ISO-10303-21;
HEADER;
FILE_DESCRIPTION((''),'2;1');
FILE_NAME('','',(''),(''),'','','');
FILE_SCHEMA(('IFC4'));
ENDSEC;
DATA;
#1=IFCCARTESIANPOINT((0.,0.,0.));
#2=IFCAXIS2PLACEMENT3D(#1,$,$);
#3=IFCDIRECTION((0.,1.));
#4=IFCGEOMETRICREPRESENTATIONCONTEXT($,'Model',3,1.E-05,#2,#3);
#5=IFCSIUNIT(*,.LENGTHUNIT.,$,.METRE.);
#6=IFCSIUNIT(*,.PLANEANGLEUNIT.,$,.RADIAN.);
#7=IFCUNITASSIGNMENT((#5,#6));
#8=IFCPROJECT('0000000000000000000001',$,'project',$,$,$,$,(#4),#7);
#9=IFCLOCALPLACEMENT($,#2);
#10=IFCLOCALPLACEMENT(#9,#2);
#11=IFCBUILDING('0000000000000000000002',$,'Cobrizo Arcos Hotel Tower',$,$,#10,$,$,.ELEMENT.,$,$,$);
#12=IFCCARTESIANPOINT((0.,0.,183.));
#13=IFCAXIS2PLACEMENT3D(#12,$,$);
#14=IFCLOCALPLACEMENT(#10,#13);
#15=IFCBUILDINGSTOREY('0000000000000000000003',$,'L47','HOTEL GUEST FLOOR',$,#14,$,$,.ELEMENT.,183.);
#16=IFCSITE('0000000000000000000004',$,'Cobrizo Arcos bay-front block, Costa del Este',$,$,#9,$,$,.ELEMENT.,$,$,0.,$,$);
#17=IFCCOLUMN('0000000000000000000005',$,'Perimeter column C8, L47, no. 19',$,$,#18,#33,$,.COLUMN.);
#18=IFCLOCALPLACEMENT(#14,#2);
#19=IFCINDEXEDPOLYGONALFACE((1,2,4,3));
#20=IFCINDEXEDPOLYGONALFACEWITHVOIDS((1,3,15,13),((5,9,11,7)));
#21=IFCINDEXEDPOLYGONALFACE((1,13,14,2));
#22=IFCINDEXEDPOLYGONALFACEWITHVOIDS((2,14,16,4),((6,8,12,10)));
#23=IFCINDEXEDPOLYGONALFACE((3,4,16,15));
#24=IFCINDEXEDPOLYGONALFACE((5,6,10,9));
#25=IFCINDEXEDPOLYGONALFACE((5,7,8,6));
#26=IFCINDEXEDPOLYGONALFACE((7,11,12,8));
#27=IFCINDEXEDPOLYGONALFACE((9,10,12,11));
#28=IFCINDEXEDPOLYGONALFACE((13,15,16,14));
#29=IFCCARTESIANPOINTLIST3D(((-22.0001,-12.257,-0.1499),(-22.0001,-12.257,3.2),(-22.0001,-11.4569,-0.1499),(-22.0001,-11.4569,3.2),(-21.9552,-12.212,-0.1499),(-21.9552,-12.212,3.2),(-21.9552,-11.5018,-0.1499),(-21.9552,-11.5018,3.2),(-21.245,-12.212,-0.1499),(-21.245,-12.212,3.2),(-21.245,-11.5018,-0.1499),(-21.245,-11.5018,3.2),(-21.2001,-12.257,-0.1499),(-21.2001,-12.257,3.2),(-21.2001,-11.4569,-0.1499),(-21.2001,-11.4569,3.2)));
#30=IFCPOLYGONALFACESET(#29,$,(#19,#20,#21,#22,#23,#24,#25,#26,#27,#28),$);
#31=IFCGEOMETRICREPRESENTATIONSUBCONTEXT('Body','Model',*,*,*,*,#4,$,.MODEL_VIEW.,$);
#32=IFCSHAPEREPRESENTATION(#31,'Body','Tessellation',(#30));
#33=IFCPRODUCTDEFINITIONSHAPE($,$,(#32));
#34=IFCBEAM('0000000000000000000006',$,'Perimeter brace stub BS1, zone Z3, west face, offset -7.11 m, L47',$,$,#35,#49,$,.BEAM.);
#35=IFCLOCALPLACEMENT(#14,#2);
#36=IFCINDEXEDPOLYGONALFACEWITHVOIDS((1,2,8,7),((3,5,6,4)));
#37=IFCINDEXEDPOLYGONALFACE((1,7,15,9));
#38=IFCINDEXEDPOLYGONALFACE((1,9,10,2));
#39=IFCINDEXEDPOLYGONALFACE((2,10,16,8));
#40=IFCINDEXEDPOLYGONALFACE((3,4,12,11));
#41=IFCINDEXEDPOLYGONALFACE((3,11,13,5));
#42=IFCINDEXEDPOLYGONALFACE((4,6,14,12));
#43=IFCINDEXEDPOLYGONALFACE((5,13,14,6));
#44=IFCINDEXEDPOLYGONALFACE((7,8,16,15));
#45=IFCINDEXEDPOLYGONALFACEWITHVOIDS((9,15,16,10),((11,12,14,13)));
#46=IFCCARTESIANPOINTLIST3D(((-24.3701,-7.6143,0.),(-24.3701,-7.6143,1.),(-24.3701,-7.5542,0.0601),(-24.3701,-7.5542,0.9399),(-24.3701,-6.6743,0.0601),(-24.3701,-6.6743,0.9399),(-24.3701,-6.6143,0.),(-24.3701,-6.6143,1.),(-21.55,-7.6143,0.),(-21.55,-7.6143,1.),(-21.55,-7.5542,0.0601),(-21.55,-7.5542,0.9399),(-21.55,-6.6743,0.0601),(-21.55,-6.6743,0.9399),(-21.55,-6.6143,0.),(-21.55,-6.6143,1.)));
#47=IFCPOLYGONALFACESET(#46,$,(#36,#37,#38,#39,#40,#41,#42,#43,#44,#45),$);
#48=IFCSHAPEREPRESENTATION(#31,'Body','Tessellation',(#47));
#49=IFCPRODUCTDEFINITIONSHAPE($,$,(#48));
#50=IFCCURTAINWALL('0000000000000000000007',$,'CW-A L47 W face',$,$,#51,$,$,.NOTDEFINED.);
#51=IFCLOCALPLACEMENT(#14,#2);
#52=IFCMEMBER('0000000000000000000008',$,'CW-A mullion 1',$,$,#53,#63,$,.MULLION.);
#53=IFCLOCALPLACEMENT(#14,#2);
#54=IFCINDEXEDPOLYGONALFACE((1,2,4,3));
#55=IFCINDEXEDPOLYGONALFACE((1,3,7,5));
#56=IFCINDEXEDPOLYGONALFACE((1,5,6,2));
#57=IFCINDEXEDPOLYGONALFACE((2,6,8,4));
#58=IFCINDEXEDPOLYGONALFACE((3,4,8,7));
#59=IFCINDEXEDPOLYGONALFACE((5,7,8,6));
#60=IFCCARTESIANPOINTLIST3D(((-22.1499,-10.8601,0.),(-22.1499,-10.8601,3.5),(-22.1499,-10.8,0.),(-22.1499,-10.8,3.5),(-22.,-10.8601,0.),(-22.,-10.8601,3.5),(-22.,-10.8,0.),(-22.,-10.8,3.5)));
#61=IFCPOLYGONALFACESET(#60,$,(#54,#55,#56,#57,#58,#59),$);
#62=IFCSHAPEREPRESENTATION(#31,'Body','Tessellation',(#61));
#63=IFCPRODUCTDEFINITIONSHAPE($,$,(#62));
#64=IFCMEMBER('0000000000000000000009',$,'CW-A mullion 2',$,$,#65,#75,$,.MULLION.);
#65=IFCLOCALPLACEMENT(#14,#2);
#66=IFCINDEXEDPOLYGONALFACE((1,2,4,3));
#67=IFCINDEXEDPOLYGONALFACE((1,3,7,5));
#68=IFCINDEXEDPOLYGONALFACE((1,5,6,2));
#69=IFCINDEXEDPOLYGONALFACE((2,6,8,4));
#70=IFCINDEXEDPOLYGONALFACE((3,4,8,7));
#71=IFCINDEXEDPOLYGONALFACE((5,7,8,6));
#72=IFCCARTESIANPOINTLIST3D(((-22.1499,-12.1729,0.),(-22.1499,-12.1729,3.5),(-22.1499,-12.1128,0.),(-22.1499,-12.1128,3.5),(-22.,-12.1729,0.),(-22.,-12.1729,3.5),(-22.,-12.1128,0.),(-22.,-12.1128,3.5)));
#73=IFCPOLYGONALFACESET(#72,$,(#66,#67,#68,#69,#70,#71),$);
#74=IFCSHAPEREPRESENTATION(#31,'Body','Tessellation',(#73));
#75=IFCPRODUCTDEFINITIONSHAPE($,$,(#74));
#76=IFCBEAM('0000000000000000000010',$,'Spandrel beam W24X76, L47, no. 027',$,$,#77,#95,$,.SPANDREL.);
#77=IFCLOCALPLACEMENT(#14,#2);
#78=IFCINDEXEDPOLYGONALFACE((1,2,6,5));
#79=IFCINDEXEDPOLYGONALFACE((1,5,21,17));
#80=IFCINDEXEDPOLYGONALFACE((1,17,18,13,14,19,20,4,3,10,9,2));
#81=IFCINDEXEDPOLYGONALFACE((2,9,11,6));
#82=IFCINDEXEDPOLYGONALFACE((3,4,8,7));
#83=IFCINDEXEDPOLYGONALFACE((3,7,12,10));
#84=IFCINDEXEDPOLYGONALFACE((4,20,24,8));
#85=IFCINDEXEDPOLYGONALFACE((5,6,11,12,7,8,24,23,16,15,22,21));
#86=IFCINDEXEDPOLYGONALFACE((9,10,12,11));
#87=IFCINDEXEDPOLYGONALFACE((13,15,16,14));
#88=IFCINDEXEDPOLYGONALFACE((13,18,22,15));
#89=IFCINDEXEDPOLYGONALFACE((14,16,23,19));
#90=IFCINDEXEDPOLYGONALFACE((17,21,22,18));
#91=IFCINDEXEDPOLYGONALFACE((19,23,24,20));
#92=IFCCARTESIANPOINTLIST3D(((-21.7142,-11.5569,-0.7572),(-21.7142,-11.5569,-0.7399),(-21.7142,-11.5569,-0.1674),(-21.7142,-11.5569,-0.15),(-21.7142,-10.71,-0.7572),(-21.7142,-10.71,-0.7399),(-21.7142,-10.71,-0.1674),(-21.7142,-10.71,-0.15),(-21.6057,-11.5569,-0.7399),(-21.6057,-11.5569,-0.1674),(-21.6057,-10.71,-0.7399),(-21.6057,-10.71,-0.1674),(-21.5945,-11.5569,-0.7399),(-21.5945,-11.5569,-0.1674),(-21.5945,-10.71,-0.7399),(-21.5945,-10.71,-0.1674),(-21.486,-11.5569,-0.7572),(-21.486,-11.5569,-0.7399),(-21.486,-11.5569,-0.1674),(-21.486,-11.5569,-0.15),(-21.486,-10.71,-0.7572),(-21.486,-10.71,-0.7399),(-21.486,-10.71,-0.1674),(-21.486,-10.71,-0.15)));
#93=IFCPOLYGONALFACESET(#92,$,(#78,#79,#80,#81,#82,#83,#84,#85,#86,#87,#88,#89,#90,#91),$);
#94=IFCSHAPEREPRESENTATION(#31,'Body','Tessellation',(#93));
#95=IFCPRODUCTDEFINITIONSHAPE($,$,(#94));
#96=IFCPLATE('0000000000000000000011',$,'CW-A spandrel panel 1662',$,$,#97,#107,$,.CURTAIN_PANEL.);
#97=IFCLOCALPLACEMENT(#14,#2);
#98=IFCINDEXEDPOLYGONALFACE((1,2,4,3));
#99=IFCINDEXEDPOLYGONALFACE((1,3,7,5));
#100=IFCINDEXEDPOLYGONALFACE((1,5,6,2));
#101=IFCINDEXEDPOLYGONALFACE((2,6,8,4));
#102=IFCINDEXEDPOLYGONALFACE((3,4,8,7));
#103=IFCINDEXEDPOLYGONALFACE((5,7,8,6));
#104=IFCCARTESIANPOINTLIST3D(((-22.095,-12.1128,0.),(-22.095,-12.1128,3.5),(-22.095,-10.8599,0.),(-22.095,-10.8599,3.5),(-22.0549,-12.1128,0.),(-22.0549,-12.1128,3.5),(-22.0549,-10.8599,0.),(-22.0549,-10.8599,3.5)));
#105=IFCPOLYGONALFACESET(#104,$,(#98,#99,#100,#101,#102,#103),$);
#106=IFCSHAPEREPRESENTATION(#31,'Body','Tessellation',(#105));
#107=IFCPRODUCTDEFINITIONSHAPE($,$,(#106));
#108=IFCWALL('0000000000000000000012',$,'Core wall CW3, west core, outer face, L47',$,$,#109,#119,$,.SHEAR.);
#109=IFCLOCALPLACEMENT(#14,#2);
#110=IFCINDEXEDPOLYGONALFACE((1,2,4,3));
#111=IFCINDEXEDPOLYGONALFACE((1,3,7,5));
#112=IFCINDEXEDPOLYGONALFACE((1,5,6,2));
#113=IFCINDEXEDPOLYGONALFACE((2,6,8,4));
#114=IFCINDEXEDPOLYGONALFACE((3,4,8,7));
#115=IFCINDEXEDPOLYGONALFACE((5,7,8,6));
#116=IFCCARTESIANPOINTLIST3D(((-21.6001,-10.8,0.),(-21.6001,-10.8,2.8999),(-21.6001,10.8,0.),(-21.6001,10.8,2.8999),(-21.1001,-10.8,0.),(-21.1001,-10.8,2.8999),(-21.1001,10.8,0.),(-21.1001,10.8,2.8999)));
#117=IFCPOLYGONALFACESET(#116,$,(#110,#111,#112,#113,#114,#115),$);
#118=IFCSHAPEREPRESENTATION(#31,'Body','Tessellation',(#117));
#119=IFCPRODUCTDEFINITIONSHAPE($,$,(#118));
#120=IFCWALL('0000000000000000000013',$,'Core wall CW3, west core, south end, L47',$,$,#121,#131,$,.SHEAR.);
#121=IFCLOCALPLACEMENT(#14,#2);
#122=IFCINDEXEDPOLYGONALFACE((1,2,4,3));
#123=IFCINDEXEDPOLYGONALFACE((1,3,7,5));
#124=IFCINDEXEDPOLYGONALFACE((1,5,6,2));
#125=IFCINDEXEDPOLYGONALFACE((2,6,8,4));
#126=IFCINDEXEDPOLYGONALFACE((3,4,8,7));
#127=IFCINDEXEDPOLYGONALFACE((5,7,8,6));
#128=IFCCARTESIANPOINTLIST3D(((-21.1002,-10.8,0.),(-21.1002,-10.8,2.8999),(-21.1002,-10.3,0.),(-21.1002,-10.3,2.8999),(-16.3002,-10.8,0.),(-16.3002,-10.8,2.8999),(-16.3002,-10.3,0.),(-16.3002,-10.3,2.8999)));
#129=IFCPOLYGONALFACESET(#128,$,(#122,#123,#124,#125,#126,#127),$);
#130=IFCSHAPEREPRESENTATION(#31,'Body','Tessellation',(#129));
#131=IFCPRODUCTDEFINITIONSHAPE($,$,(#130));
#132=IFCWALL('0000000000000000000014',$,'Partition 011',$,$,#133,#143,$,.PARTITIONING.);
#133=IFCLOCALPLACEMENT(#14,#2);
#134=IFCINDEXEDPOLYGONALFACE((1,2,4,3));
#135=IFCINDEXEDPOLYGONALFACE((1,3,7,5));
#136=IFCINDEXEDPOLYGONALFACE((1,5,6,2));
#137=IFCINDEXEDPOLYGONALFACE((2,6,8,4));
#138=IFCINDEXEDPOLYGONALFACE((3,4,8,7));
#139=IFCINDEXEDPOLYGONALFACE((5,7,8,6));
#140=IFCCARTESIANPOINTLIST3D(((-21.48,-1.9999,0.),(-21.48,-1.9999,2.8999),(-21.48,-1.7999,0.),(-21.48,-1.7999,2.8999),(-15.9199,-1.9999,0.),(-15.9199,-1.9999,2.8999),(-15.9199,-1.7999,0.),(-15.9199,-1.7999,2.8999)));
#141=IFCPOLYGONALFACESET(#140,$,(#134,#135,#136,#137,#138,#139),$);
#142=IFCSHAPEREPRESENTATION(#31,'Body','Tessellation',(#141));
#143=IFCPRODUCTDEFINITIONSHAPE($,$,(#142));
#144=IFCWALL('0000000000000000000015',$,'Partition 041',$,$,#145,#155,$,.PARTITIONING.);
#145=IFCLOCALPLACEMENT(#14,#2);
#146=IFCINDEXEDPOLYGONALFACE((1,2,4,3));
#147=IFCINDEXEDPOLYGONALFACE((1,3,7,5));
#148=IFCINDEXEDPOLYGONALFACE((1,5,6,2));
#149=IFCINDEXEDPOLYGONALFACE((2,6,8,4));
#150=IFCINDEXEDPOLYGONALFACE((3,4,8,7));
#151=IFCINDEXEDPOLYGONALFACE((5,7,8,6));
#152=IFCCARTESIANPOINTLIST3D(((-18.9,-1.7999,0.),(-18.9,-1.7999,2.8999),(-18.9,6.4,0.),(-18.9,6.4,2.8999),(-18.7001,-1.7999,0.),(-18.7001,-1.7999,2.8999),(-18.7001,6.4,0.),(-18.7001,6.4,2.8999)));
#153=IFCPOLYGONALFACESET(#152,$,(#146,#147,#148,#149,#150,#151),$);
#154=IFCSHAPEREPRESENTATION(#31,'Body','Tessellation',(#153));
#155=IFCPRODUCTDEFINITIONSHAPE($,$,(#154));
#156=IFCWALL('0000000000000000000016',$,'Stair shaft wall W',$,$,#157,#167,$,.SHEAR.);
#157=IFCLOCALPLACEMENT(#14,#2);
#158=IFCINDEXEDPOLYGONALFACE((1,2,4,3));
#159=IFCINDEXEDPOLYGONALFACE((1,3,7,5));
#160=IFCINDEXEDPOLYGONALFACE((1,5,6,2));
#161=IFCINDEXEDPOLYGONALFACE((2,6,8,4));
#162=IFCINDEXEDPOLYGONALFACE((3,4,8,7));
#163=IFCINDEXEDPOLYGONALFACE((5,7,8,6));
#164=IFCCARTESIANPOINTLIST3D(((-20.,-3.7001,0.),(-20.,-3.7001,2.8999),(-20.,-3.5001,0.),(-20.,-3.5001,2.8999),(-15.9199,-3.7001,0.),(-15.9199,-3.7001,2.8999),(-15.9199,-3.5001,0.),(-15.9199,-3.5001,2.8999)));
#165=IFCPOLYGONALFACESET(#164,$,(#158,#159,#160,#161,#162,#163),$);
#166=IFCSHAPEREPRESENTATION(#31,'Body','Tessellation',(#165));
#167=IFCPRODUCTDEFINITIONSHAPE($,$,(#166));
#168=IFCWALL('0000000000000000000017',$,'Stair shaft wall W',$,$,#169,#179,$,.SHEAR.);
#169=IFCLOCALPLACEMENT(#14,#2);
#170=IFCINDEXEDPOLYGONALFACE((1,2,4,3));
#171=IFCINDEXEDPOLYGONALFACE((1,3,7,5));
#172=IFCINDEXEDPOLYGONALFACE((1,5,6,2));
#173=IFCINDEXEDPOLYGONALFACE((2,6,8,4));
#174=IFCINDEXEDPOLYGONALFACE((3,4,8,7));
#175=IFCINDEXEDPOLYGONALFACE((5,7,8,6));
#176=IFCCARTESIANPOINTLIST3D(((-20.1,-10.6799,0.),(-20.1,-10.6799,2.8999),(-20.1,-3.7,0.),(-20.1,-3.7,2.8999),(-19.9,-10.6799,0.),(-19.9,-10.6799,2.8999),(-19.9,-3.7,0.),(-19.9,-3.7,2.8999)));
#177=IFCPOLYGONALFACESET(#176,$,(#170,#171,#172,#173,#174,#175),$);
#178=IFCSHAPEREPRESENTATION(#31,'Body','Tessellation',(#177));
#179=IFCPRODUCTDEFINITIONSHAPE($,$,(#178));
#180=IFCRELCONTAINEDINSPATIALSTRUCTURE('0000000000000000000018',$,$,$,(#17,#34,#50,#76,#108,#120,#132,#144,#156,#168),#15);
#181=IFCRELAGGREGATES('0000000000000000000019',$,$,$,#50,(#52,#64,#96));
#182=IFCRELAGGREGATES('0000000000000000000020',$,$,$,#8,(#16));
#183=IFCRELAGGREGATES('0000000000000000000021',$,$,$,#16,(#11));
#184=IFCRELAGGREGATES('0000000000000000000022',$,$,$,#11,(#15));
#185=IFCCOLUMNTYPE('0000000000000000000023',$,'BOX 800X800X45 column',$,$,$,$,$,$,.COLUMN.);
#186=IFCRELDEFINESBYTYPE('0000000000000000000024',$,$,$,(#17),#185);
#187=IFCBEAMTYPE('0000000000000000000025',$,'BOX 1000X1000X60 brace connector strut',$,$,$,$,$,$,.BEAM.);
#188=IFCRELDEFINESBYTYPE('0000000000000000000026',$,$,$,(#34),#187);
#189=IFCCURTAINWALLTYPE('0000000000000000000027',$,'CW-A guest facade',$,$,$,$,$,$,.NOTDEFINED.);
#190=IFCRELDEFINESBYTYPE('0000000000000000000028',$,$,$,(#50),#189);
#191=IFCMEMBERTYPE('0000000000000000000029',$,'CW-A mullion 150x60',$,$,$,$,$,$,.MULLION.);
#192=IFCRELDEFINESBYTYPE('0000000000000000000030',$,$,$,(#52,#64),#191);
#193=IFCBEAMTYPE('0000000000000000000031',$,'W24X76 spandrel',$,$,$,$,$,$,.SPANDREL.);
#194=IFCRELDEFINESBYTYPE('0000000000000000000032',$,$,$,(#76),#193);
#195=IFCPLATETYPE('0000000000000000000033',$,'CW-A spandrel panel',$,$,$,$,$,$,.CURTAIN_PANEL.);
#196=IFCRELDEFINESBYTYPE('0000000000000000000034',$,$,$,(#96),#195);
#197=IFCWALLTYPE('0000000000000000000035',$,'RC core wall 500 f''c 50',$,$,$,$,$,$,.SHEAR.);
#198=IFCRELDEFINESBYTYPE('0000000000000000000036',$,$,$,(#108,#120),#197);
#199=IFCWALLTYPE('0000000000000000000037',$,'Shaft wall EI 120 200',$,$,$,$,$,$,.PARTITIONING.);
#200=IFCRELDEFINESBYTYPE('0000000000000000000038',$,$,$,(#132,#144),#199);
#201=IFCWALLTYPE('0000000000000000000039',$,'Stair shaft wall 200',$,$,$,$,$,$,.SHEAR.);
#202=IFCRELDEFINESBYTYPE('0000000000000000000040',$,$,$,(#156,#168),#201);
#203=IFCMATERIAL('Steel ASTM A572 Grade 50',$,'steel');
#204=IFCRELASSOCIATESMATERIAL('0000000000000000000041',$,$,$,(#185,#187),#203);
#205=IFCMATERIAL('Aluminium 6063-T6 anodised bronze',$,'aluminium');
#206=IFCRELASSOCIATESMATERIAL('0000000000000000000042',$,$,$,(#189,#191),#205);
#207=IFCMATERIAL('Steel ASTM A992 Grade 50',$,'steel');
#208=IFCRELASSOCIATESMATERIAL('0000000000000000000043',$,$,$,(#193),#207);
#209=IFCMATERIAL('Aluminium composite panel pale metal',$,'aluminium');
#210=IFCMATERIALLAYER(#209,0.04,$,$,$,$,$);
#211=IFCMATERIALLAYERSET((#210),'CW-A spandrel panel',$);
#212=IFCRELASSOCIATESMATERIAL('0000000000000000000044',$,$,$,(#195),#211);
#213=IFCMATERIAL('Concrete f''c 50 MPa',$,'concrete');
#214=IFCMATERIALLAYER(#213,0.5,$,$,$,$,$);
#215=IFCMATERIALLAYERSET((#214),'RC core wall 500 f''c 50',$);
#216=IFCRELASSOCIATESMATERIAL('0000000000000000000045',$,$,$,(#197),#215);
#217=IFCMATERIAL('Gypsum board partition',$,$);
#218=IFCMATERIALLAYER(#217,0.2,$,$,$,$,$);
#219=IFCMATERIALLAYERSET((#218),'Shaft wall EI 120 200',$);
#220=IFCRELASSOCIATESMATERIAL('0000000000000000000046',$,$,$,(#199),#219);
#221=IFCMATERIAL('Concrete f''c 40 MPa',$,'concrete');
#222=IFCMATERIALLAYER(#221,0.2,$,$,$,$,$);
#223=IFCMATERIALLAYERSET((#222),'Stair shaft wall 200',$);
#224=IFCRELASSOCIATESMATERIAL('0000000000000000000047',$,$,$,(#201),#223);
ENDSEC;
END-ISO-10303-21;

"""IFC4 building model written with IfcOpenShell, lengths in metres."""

from ifc_helpers import new_model, si_unit, direction, frame, frame_2d, origin, origin_2d, place, context, subcontext, project, spatial, rectangle, hollow_rectangle, i_section, extrude, material, layer, layer_set, material_profile, profile_set, type_object, element, aggregate, save


model = new_model("IFC4")

# Units and contexts
model_context = context("Model", 3, precision=1e-05, world=origin(), true_north=direction((0.0, 1.0)))
body_context = subcontext(model_context, "Body", "Model", "MODEL_VIEW")
ifc_project = project(units=[si_unit("LENGTHUNIT", "METRE"), si_unit("PLANEANGLEUNIT", "RADIAN")], contexts=[model_context])

# Site, building, storey
site_placement = place(None, origin())
site = spatial("IfcSite", under=ifc_project, at=site_placement, Name="Cobrizo Arcos bay-front block, Costa del Este", CompositionType="ELEMENT", RefElevation=0.0)
building_placement = place(site_placement, origin())
building = spatial("IfcBuilding", under=site, at=building_placement, Name="Cobrizo Arcos Hotel Tower", CompositionType="ELEMENT")
storey_placement = place(building_placement, frame((0.0, 0.0, 183.0)))
storey = spatial("IfcBuildingStorey", under=building, at=storey_placement, Name="L47", Description="HOTEL GUEST FLOOR", CompositionType="ELEMENT", Elevation=183.0)

# Column
ifc_material_1 = material(Name="Steel ASTM A572 Grade 50", Category="steel")
ifc_material_profile_1 = material_profile(ifc_material_1, hollow_rectangle(XDim=0.8, YDim=0.8, WallThickness=0.0449, at=origin_2d()), Name="BOX 800X800X45")
ifc_profile_set_1 = profile_set([ifc_material_profile_1], Name="Steel ASTM A572 Grade 50")
column_type = type_object("IfcColumnType", Name="BOX 800X800X45 column", PredefinedType="COLUMN", material=ifc_profile_set_1)
column_placement = place(storey_placement, frame((-21.6001, -11.8569, -0.1499), z_axis=(0.0, 0.0, 1.0), x_axis=(1.0, 0.0, 0.0)))
element("IfcColumn", 1, at=column_placement, inside=storey, type_object=column_type, Name="Perimeter column C8, L47, no. 19", PredefinedType="COLUMN", context=body_context, shape_type="SweptSolid", body=[
    extrude(hollow_rectangle(XDim=0.8, YDim=0.8, WallThickness=0.0449, at=origin_2d()), origin(), (0.0, 0.0, 1.0), 3.3499),
])

# Beam
ifc_material_profile_2 = material_profile(ifc_material_1, hollow_rectangle(XDim=1.0, YDim=1.0, WallThickness=0.0601, at=origin_2d()), Name="BOX 1000X1000X60")
ifc_profile_set_2 = profile_set([ifc_material_profile_2], Name="Steel ASTM A572 Grade 50")
beam_type_1 = type_object("IfcBeamType", Name="BOX 1000X1000X60 brace connector strut", PredefinedType="BEAM", material=ifc_profile_set_2)
beam_1_placement = place(storey_placement, frame((-21.55, -7.1143, 0.5), z_axis=(-1.0, 0.0, 0.0), x_axis=(0.0, -1.0, 0.0)))
element("IfcBeam", 2, at=beam_1_placement, inside=storey, type_object=beam_type_1, Name="Perimeter brace stub BS1, zone Z3, west face, offset -7.11 m, L47", PredefinedType="BEAM", context=body_context, shape_type="SweptSolid", body=[
    extrude(hollow_rectangle(XDim=1.0, YDim=1.0, WallThickness=0.0601, at=origin_2d()), origin(), (0.0, 0.0, 1.0), 2.8201),
])

# Curtain wall, members
ifc_material_2 = material(Name="Aluminium 6063-T6 anodised bronze", Category="aluminium")
curtain_wall_type = type_object("IfcCurtainWallType", Name="CW-A guest facade", PredefinedType="NOTDEFINED", material=ifc_material_2)
curtain_wall_placement = place(storey_placement, origin())
curtain_wall = element("IfcCurtainWall", 3, at=curtain_wall_placement, inside=storey, type_object=curtain_wall_type, Name="CW-A L47 W face", PredefinedType="NOTDEFINED")
ifc_material_profile_3 = material_profile(ifc_material_2, rectangle(XDim=0.1499, YDim=0.0601, at=origin_2d()), Name="CW-A mullion 150x60")
ifc_profile_set_3 = profile_set([ifc_material_profile_3], Name="Aluminium 6063-T6 anodised bronze")
member_type = type_object("IfcMemberType", Name="CW-A mullion 150x60", PredefinedType="MULLION", material=ifc_profile_set_3)
member_1_placement = place(storey_placement, frame((-22.075, -10.8301, 0.0), z_axis=(0.0, 0.0, 1.0), x_axis=(-1.0, 0.0, 0.0)))
member_1 = element("IfcMember", 4, at=member_1_placement, type_object=member_type, Name="CW-A mullion 1", PredefinedType="MULLION", context=body_context, shape_type="SweptSolid", body=[
    extrude(rectangle(XDim=0.1499, YDim=0.0601, at=origin_2d()), origin(), (0.0, 0.0, 1.0), 3.5),
])
member_2_placement = place(storey_placement, frame((-22.075, -12.1428, 0.0), z_axis=(0.0, 0.0, 1.0), x_axis=(-1.0, 0.0, 0.0)))
member_2 = element("IfcMember", 5, at=member_2_placement, type_object=member_type, Name="CW-A mullion 2", PredefinedType="MULLION", context=body_context, shape_type="SweptSolid", body=[
    extrude(rectangle(XDim=0.1499, YDim=0.0601, at=origin_2d()), origin(), (0.0, 0.0, 1.0), 3.5),
])

# Beam
ifc_material_3 = material(Name="Steel ASTM A992 Grade 50", Category="steel")
ifc_material_profile_4 = material_profile(ifc_material_3, i_section(OverallWidth=0.2283, OverallDepth=0.6072, WebThickness=0.0112, FlangeThickness=0.0173, at=origin_2d()), Name="W24X76")
ifc_profile_set_4 = profile_set([ifc_material_profile_4], Name="Steel ASTM A992 Grade 50")
beam_type_2 = type_object("IfcBeamType", Name="W24X76 spandrel", PredefinedType="SPANDREL", material=ifc_profile_set_4)
beam_2_placement = place(storey_placement, frame((-21.6001, -10.71, -0.4536), z_axis=(0.0, -1.0, 0.0), x_axis=(1.0, 0.0, 0.0)))
element("IfcBeam", 6, at=beam_2_placement, inside=storey, type_object=beam_type_2, Name="Spandrel beam W24X76, L47, no. 027", PredefinedType="SPANDREL", context=body_context, shape_type="SweptSolid", body=[
    extrude(i_section(OverallWidth=0.2283, OverallDepth=0.6072, WebThickness=0.0112, FlangeThickness=0.0173, at=origin_2d()), origin(), (0.0, 0.0, 1.0), 0.8469),
])

# Plate
ifc_material_4 = material(Name="Aluminium composite panel pale metal", Category="aluminium")
ifc_layer_1 = layer(ifc_material_4, 0.04)
ifc_layer_set_1 = layer_set([ifc_layer_1], Name="CW-A spandrel panel")
plate_type = type_object("IfcPlateType", Name="CW-A spandrel panel", PredefinedType="CURTAIN_PANEL", material=ifc_layer_set_1)
plate_placement = place(storey_placement, frame((-22.075, -11.4863, 0.0), z_axis=(0.0, 0.0, 1.0), x_axis=(0.0, -1.0, 0.0)))
plate = element("IfcPlate", 7, at=plate_placement, type_object=plate_type, Name="CW-A spandrel panel 1662", PredefinedType="CURTAIN_PANEL", context=body_context, shape_type="SweptSolid", body=[
    extrude(rectangle(XDim=1.2529, YDim=0.04, at=origin_2d()), origin(), (0.0, 0.0, 1.0), 3.5),
])
aggregate(curtain_wall, [member_1, member_2, plate])

# Walls
ifc_material_5 = material(Name="Concrete f'c 50 MPa", Category="concrete")
ifc_layer_2 = layer(ifc_material_5, 0.5)
ifc_layer_set_2 = layer_set([ifc_layer_2], Name="RC core wall 500 f'c 50")
wall_type_1 = type_object("IfcWallType", Name="RC core wall 500 f'c 50", PredefinedType="SHEAR", material=ifc_layer_set_2)
wall_1_placement = place(storey_placement, frame((-21.3501, -10.8, 0.0), z_axis=(0.0, 0.0, 1.0), x_axis=(0.0, 1.0, 0.0)))
element("IfcWall", 8, at=wall_1_placement, inside=storey, type_object=wall_type_1, Name="Core wall CW3, west core, outer face, L47", PredefinedType="SHEAR", context=body_context, shape_type="SweptSolid", body=[
    extrude(rectangle(XDim=21.6001, YDim=0.5, at=frame_2d((10.8, 0.0))), origin(), (0.0, 0.0, 1.0), 2.8999),
])
wall_2_placement = place(storey_placement, frame((-21.1001, -10.55, 0.0), z_axis=(0.0, 0.0, 1.0), x_axis=(1.0, 0.0, 0.0)))
element("IfcWall", 9, at=wall_2_placement, inside=storey, type_object=wall_type_1, Name="Core wall CW3, west core, south end, L47", PredefinedType="SHEAR", context=body_context, shape_type="SweptSolid", body=[
    extrude(rectangle(XDim=4.8, YDim=0.5, at=frame_2d((2.3999, 0.0))), origin(), (0.0, 0.0, 1.0), 2.8999),
])
ifc_material_6 = material(Name="Gypsum board partition")
ifc_layer_3 = layer(ifc_material_6, 0.2)
ifc_layer_set_3 = layer_set([ifc_layer_3], Name="Shaft wall EI 120 200")
wall_type_2 = type_object("IfcWallType", Name="Shaft wall EI 120 200", PredefinedType="PARTITIONING", material=ifc_layer_set_3)
wall_3_placement = place(storey_placement, frame((-21.48, -1.8999, 0.0), z_axis=(0.0, 0.0, 1.0), x_axis=(1.0, 0.0, 0.0)))
element("IfcWall", 10, at=wall_3_placement, inside=storey, type_object=wall_type_2, Name="Partition 011", PredefinedType="PARTITIONING", context=body_context, shape_type="SweptSolid", body=[
    extrude(rectangle(XDim=5.5601, YDim=0.2, at=frame_2d((2.78, 0.0))), origin(), (0.0, 0.0, 1.0), 2.8999),
])
wall_4_placement = place(storey_placement, frame((-18.8, -1.8, 0.0), z_axis=(0.0, 0.0, 1.0), x_axis=(0.0, 1.0, 0.0)))
element("IfcWall", 11, at=wall_4_placement, inside=storey, type_object=wall_type_2, Name="Partition 041", PredefinedType="PARTITIONING", context=body_context, shape_type="SweptSolid", body=[
    extrude(rectangle(XDim=8.2, YDim=0.2, at=frame_2d((4.1001, 0.0))), origin(), (0.0, 0.0, 1.0), 2.8999),
])
ifc_material_7 = material(Name="Concrete f'c 40 MPa", Category="concrete")
ifc_layer_4 = layer(ifc_material_7, 0.2)
ifc_layer_set_4 = layer_set([ifc_layer_4], Name="Stair shaft wall 200")
wall_type_3 = type_object("IfcWallType", Name="Stair shaft wall 200", PredefinedType="SHEAR", material=ifc_layer_set_4)
wall_5_placement = place(storey_placement, frame((-20.0, -3.6001, 0.0), z_axis=(0.0, 0.0, 1.0), x_axis=(1.0, 0.0, 0.0)))
element("IfcWall", 12, at=wall_5_placement, inside=storey, type_object=wall_type_3, Name="Stair shaft wall W", PredefinedType="SHEAR", context=body_context, shape_type="SweptSolid", body=[
    extrude(rectangle(XDim=4.0801, YDim=0.2, at=frame_2d((2.04, 0.0))), origin(), (0.0, 0.0, 1.0), 2.8999),
])
wall_6_placement = place(storey_placement, frame((-20.0, -10.6799, 0.0), z_axis=(0.0, 0.0, 1.0), x_axis=(0.0, 1.0, 0.0)))
element("IfcWall", 13, at=wall_6_placement, inside=storey, type_object=wall_type_3, Name="Stair shaft wall W", PredefinedType="SHEAR", context=body_context, shape_type="SweptSolid", body=[
    extrude(rectangle(XDim=6.98, YDim=0.2, at=frame_2d((3.49, 0.0))), origin(), (0.0, 0.0, 1.0), 2.8999),
])

save(model, "model.ifc")
